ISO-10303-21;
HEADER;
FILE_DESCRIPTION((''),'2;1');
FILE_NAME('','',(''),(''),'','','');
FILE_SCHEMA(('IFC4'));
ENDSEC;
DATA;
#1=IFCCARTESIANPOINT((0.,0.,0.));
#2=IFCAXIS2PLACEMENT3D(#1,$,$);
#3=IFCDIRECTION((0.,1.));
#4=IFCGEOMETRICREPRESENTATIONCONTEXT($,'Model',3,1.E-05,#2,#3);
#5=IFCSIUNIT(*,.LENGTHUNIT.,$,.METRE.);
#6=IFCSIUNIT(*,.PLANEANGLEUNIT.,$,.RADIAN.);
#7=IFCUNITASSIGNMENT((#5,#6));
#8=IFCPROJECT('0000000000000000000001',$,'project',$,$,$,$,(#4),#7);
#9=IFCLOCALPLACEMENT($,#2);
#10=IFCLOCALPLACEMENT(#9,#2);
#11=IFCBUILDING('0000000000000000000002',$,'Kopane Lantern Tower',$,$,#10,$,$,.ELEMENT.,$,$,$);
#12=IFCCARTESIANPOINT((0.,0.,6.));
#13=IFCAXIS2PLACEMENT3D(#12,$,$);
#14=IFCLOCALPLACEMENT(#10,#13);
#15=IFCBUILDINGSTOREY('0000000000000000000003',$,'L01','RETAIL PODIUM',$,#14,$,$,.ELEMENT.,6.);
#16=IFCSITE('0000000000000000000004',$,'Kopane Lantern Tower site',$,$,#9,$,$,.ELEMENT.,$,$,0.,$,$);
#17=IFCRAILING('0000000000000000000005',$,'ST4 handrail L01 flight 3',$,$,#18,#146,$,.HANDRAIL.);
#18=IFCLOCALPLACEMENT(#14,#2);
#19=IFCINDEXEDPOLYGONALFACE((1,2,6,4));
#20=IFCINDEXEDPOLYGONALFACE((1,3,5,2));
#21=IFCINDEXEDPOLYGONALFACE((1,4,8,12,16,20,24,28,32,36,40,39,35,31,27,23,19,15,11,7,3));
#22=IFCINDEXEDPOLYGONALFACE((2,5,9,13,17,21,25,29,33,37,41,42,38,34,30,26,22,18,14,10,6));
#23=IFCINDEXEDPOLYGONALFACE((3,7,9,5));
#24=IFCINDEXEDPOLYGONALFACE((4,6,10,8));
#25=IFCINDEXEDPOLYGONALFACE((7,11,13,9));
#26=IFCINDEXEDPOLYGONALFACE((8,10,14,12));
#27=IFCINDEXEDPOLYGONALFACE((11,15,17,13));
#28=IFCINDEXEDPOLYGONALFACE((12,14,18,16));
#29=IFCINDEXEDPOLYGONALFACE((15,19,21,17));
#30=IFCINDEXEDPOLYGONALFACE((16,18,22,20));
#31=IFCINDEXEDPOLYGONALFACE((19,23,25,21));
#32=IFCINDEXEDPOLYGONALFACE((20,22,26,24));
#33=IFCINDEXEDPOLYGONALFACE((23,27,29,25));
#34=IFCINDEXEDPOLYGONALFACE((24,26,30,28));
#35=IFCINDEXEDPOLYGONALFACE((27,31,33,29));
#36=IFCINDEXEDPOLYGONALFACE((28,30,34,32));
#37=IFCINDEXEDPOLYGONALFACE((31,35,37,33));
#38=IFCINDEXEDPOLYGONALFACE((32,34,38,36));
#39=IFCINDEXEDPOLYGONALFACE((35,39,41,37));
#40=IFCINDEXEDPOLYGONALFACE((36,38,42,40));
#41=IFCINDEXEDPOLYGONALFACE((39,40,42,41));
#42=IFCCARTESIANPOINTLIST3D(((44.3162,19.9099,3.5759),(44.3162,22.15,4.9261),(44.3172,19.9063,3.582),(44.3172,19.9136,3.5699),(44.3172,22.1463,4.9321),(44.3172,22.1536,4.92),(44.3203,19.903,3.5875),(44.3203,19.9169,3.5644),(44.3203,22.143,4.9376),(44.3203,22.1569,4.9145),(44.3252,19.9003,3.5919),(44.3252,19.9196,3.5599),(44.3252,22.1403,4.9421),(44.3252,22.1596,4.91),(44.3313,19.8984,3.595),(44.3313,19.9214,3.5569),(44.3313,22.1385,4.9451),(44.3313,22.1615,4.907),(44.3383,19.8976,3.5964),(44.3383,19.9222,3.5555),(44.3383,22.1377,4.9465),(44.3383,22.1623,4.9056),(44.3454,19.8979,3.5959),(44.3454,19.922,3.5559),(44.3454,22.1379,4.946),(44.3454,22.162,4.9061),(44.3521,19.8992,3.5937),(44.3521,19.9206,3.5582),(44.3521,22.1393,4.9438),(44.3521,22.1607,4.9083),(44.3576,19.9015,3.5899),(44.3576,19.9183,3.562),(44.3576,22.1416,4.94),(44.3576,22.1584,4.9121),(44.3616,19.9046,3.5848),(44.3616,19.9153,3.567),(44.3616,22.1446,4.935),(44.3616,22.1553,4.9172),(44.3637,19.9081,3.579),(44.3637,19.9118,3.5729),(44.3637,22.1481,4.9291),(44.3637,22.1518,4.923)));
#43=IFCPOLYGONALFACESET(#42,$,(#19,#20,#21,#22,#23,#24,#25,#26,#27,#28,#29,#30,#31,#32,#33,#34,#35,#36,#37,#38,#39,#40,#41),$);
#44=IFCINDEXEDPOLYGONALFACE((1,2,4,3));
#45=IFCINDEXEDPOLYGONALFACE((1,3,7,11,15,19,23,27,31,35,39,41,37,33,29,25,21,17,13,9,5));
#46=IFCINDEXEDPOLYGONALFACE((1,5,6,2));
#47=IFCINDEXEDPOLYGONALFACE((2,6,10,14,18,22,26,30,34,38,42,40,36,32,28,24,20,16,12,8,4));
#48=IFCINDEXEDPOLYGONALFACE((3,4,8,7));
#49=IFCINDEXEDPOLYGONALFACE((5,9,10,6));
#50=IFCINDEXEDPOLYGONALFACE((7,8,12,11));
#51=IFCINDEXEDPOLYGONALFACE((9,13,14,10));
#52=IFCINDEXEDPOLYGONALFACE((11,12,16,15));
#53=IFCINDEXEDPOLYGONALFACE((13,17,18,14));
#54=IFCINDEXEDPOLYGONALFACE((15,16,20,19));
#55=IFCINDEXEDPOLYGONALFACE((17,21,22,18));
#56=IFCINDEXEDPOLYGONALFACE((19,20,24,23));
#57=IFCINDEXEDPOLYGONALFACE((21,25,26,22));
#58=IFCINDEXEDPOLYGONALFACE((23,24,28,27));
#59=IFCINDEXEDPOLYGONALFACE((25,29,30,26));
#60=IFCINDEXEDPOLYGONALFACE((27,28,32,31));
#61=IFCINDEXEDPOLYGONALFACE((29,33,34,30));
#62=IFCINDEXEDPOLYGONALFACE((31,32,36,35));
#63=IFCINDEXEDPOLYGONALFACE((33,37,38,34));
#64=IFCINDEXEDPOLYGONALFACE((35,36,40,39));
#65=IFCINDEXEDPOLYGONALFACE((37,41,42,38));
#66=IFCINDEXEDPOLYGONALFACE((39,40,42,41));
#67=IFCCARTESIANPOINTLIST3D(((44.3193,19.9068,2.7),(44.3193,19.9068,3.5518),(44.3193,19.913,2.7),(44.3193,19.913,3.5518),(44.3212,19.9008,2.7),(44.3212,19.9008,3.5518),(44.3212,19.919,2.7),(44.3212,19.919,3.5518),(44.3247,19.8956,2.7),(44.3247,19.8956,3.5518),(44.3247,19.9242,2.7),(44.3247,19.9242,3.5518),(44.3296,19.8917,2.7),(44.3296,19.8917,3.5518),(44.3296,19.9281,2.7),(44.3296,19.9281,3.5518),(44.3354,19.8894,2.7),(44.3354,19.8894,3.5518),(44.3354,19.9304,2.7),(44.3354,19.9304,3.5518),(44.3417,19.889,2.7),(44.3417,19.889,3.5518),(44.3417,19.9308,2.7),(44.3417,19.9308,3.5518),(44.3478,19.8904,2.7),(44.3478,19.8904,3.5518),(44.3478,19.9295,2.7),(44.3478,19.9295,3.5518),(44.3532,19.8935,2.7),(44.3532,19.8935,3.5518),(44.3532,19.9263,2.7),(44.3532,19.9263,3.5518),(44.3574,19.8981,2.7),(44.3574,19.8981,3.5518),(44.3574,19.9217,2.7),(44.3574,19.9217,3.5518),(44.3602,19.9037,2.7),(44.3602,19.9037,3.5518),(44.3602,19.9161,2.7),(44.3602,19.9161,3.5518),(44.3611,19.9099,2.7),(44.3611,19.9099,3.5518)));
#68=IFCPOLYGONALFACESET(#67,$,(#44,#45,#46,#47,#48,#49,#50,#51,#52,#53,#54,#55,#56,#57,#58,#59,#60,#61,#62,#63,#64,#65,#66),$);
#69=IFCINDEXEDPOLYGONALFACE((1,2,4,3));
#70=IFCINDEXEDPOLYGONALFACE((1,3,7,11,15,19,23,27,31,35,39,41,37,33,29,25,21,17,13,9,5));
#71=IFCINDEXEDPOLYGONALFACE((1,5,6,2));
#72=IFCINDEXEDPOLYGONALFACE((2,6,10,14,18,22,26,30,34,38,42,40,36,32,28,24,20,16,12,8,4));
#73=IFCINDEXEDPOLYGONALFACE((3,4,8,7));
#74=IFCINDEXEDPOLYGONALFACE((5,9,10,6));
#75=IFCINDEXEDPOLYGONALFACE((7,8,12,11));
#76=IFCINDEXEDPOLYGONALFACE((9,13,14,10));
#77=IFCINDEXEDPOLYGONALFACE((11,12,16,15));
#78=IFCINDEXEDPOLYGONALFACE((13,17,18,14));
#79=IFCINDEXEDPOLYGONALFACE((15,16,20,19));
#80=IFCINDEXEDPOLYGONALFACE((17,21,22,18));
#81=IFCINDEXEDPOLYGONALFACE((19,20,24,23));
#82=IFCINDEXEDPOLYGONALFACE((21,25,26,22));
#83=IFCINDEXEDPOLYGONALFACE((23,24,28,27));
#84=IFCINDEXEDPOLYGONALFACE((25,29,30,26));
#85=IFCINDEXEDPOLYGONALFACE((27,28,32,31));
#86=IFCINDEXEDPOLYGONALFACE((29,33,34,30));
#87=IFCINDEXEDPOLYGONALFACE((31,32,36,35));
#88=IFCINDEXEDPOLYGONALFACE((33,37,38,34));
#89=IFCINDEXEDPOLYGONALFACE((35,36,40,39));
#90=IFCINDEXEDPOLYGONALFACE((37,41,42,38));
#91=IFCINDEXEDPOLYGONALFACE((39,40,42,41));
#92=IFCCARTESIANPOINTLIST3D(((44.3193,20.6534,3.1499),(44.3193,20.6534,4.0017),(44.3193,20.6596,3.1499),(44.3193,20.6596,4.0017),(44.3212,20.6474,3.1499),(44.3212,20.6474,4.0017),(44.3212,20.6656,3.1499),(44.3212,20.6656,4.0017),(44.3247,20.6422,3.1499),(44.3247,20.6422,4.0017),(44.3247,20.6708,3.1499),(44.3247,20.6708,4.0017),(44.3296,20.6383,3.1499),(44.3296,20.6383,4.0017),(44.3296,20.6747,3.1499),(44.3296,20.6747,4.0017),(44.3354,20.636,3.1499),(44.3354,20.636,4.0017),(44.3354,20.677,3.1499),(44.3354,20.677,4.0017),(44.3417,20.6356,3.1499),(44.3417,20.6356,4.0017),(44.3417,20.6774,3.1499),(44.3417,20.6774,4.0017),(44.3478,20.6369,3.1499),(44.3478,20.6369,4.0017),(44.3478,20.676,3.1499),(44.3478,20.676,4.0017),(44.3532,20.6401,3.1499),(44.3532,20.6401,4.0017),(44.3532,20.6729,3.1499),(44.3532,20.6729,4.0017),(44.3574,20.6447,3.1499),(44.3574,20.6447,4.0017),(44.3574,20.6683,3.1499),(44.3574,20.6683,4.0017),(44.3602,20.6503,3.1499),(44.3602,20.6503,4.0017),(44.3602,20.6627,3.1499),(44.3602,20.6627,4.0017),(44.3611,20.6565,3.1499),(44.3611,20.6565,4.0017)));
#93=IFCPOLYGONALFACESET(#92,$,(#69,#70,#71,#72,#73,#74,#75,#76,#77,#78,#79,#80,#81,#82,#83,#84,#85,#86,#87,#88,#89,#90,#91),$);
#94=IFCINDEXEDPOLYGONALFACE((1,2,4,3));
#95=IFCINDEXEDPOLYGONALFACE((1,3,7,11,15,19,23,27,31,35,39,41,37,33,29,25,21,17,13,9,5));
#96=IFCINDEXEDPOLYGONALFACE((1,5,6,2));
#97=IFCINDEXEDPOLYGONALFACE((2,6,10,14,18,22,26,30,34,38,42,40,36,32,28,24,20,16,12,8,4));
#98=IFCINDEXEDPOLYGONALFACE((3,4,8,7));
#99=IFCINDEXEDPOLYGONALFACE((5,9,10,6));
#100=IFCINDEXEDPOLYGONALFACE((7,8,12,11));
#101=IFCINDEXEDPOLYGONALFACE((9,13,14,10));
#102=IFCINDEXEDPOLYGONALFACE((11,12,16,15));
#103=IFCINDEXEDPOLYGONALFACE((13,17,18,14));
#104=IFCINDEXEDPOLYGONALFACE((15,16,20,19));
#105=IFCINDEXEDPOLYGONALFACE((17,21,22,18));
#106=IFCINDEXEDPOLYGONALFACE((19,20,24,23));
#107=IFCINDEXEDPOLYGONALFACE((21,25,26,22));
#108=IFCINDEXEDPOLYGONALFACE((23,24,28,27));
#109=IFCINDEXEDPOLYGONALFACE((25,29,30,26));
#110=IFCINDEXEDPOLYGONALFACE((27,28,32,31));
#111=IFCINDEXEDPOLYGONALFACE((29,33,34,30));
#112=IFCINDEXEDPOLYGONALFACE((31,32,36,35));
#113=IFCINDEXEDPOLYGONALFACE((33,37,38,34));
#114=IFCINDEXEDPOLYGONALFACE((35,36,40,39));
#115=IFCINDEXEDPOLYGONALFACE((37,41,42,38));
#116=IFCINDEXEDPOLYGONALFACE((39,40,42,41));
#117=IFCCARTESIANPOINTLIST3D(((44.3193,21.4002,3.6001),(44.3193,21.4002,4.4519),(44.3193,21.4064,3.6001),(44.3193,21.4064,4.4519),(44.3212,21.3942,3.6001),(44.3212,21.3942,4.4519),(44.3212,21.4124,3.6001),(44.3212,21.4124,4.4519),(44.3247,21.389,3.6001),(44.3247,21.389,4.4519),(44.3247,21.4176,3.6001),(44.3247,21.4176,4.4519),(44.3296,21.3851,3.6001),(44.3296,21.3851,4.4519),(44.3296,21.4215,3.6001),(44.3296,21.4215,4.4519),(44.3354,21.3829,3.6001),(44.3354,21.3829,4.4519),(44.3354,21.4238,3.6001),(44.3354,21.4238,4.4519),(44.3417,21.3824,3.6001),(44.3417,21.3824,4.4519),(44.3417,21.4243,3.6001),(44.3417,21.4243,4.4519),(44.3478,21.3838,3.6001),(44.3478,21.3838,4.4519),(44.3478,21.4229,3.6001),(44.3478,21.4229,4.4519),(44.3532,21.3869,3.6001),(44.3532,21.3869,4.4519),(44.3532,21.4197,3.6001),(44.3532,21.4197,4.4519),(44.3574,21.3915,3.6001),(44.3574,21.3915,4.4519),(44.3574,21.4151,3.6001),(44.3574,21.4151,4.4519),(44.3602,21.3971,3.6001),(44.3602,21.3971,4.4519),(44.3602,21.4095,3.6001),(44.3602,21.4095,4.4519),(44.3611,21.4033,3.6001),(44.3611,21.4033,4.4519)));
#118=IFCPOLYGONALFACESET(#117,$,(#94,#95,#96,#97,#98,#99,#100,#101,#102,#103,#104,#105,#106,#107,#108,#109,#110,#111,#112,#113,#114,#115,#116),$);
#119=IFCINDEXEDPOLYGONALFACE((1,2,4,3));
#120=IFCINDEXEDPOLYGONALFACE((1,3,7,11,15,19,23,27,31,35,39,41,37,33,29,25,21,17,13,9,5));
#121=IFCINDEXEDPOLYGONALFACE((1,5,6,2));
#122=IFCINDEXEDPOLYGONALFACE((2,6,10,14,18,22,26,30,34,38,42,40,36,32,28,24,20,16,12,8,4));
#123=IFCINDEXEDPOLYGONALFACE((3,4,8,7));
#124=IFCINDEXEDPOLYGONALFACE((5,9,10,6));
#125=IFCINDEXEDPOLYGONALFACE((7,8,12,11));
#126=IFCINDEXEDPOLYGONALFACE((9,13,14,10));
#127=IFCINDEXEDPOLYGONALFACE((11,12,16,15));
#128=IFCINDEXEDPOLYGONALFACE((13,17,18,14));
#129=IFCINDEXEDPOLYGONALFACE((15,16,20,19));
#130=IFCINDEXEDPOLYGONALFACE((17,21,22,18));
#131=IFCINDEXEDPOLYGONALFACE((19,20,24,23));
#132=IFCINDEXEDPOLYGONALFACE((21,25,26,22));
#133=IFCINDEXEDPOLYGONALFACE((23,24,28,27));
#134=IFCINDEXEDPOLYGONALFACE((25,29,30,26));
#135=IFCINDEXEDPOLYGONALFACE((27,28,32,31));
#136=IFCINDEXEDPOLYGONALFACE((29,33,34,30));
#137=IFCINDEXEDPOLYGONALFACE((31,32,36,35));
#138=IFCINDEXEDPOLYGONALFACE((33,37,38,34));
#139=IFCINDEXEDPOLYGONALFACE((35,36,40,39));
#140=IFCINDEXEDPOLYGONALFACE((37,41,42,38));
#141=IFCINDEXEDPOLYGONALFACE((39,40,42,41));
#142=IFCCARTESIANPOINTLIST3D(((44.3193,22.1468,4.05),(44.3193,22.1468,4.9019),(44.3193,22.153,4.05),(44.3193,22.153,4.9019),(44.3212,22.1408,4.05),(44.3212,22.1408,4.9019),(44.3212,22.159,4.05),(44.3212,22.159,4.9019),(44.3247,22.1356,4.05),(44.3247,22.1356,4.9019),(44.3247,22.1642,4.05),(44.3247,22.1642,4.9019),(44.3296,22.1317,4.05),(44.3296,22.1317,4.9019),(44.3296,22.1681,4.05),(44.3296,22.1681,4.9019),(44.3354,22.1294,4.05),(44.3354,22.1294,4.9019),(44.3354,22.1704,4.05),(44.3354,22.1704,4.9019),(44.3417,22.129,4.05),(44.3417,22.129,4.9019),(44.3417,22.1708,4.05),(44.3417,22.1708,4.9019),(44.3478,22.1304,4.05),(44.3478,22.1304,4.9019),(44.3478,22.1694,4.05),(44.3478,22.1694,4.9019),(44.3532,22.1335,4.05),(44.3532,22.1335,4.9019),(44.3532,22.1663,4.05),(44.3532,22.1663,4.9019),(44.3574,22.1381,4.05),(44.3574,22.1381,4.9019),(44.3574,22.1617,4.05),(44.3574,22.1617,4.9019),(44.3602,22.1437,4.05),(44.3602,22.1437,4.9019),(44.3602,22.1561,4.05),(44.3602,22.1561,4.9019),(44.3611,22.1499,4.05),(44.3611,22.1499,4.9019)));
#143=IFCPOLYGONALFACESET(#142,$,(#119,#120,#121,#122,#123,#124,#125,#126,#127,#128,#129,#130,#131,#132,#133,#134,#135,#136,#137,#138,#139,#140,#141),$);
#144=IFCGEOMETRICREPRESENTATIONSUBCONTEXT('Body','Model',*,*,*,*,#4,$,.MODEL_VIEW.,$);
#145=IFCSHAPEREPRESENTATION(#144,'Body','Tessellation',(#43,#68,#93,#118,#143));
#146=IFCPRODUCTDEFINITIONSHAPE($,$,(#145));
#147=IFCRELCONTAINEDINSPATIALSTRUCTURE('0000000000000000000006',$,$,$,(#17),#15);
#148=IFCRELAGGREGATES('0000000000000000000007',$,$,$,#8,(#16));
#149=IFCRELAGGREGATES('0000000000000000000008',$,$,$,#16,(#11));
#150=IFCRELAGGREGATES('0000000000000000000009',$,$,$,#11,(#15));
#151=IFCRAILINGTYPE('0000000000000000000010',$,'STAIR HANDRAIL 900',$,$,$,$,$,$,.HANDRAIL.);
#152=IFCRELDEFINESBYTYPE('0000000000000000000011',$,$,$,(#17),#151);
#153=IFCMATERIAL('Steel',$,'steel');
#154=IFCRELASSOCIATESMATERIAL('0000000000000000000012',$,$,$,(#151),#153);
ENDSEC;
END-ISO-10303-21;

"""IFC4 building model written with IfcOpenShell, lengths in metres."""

from ifc_helpers import new_model, si_unit, direction, frame, origin, origin_2d, place, context, subcontext, project, spatial, circle, extrude, material, type_object, element, save


model = new_model("IFC4")

# Units and contexts
model_context = context("Model", 3, precision=1e-05, world=origin(), true_north=direction((0.0, 1.0)))
body_context = subcontext(model_context, "Body", "Model", "MODEL_VIEW")
ifc_project = project(units=[si_unit("LENGTHUNIT", "METRE"), si_unit("PLANEANGLEUNIT", "RADIAN")], contexts=[model_context])

# Site, building, storey
site_placement = place(None, origin())
site = spatial("IfcSite", under=ifc_project, at=site_placement, Name="Kopane Lantern Tower site", CompositionType="ELEMENT", RefElevation=0.0)
building_placement = place(site_placement, origin())
building = spatial("IfcBuilding", under=site, at=building_placement, Name="Kopane Lantern Tower", CompositionType="ELEMENT")
storey_placement = place(building_placement, frame((0.0, 0.0, 6.0)))
storey = spatial("IfcBuildingStorey", under=building, at=storey_placement, Name="L01", Description="RETAIL PODIUM", CompositionType="ELEMENT", Elevation=6.0)

# Railing
ifc_material_1 = material(Name="Steel", Category="steel")
railing_type_1 = type_object("IfcRailingType", Name="STAIR HANDRAIL 900", PredefinedType="HANDRAIL", material=ifc_material_1)
for number, where, name in (
    (1, (44.3401, 19.9099, 2.7), "ST4 handrail L01 flight 3"),
):
    element("IfcRailing", number, at=place(storey_placement, frame(where)), inside=storey, type_object=railing_type_1, Name=name, PredefinedType="HANDRAIL", context=body_context, shape_type="SweptSolid", body=[
        extrude(circle(Radius=0.0239, at=origin_2d()), frame((0.0, 0.0, 0.876), z_axis=(0.0, 0.856462, 0.516211), x_axis=(-1.0, 0.0, 0.0)), (0.0, 0.0, 1.0), 2.6155),
        extrude(circle(Radius=0.021, at=origin_2d()), origin(), (0.0, 0.0, 1.0), 0.8518),
        extrude(circle(Radius=0.021, at=origin_2d()), frame((0.0, 0.7466, 0.45)), (0.0, 0.0, 1.0), 0.8518),
        extrude(circle(Radius=0.021, at=origin_2d()), frame((0.0, 1.4934, 0.9001)), (0.0, 0.0, 1.0), 0.8518),
        extrude(circle(Radius=0.021, at=origin_2d()), frame((0.0, 2.24, 1.3501)), (0.0, 0.0, 1.0), 0.8518),
    ])

save(model, "model.ifc")
